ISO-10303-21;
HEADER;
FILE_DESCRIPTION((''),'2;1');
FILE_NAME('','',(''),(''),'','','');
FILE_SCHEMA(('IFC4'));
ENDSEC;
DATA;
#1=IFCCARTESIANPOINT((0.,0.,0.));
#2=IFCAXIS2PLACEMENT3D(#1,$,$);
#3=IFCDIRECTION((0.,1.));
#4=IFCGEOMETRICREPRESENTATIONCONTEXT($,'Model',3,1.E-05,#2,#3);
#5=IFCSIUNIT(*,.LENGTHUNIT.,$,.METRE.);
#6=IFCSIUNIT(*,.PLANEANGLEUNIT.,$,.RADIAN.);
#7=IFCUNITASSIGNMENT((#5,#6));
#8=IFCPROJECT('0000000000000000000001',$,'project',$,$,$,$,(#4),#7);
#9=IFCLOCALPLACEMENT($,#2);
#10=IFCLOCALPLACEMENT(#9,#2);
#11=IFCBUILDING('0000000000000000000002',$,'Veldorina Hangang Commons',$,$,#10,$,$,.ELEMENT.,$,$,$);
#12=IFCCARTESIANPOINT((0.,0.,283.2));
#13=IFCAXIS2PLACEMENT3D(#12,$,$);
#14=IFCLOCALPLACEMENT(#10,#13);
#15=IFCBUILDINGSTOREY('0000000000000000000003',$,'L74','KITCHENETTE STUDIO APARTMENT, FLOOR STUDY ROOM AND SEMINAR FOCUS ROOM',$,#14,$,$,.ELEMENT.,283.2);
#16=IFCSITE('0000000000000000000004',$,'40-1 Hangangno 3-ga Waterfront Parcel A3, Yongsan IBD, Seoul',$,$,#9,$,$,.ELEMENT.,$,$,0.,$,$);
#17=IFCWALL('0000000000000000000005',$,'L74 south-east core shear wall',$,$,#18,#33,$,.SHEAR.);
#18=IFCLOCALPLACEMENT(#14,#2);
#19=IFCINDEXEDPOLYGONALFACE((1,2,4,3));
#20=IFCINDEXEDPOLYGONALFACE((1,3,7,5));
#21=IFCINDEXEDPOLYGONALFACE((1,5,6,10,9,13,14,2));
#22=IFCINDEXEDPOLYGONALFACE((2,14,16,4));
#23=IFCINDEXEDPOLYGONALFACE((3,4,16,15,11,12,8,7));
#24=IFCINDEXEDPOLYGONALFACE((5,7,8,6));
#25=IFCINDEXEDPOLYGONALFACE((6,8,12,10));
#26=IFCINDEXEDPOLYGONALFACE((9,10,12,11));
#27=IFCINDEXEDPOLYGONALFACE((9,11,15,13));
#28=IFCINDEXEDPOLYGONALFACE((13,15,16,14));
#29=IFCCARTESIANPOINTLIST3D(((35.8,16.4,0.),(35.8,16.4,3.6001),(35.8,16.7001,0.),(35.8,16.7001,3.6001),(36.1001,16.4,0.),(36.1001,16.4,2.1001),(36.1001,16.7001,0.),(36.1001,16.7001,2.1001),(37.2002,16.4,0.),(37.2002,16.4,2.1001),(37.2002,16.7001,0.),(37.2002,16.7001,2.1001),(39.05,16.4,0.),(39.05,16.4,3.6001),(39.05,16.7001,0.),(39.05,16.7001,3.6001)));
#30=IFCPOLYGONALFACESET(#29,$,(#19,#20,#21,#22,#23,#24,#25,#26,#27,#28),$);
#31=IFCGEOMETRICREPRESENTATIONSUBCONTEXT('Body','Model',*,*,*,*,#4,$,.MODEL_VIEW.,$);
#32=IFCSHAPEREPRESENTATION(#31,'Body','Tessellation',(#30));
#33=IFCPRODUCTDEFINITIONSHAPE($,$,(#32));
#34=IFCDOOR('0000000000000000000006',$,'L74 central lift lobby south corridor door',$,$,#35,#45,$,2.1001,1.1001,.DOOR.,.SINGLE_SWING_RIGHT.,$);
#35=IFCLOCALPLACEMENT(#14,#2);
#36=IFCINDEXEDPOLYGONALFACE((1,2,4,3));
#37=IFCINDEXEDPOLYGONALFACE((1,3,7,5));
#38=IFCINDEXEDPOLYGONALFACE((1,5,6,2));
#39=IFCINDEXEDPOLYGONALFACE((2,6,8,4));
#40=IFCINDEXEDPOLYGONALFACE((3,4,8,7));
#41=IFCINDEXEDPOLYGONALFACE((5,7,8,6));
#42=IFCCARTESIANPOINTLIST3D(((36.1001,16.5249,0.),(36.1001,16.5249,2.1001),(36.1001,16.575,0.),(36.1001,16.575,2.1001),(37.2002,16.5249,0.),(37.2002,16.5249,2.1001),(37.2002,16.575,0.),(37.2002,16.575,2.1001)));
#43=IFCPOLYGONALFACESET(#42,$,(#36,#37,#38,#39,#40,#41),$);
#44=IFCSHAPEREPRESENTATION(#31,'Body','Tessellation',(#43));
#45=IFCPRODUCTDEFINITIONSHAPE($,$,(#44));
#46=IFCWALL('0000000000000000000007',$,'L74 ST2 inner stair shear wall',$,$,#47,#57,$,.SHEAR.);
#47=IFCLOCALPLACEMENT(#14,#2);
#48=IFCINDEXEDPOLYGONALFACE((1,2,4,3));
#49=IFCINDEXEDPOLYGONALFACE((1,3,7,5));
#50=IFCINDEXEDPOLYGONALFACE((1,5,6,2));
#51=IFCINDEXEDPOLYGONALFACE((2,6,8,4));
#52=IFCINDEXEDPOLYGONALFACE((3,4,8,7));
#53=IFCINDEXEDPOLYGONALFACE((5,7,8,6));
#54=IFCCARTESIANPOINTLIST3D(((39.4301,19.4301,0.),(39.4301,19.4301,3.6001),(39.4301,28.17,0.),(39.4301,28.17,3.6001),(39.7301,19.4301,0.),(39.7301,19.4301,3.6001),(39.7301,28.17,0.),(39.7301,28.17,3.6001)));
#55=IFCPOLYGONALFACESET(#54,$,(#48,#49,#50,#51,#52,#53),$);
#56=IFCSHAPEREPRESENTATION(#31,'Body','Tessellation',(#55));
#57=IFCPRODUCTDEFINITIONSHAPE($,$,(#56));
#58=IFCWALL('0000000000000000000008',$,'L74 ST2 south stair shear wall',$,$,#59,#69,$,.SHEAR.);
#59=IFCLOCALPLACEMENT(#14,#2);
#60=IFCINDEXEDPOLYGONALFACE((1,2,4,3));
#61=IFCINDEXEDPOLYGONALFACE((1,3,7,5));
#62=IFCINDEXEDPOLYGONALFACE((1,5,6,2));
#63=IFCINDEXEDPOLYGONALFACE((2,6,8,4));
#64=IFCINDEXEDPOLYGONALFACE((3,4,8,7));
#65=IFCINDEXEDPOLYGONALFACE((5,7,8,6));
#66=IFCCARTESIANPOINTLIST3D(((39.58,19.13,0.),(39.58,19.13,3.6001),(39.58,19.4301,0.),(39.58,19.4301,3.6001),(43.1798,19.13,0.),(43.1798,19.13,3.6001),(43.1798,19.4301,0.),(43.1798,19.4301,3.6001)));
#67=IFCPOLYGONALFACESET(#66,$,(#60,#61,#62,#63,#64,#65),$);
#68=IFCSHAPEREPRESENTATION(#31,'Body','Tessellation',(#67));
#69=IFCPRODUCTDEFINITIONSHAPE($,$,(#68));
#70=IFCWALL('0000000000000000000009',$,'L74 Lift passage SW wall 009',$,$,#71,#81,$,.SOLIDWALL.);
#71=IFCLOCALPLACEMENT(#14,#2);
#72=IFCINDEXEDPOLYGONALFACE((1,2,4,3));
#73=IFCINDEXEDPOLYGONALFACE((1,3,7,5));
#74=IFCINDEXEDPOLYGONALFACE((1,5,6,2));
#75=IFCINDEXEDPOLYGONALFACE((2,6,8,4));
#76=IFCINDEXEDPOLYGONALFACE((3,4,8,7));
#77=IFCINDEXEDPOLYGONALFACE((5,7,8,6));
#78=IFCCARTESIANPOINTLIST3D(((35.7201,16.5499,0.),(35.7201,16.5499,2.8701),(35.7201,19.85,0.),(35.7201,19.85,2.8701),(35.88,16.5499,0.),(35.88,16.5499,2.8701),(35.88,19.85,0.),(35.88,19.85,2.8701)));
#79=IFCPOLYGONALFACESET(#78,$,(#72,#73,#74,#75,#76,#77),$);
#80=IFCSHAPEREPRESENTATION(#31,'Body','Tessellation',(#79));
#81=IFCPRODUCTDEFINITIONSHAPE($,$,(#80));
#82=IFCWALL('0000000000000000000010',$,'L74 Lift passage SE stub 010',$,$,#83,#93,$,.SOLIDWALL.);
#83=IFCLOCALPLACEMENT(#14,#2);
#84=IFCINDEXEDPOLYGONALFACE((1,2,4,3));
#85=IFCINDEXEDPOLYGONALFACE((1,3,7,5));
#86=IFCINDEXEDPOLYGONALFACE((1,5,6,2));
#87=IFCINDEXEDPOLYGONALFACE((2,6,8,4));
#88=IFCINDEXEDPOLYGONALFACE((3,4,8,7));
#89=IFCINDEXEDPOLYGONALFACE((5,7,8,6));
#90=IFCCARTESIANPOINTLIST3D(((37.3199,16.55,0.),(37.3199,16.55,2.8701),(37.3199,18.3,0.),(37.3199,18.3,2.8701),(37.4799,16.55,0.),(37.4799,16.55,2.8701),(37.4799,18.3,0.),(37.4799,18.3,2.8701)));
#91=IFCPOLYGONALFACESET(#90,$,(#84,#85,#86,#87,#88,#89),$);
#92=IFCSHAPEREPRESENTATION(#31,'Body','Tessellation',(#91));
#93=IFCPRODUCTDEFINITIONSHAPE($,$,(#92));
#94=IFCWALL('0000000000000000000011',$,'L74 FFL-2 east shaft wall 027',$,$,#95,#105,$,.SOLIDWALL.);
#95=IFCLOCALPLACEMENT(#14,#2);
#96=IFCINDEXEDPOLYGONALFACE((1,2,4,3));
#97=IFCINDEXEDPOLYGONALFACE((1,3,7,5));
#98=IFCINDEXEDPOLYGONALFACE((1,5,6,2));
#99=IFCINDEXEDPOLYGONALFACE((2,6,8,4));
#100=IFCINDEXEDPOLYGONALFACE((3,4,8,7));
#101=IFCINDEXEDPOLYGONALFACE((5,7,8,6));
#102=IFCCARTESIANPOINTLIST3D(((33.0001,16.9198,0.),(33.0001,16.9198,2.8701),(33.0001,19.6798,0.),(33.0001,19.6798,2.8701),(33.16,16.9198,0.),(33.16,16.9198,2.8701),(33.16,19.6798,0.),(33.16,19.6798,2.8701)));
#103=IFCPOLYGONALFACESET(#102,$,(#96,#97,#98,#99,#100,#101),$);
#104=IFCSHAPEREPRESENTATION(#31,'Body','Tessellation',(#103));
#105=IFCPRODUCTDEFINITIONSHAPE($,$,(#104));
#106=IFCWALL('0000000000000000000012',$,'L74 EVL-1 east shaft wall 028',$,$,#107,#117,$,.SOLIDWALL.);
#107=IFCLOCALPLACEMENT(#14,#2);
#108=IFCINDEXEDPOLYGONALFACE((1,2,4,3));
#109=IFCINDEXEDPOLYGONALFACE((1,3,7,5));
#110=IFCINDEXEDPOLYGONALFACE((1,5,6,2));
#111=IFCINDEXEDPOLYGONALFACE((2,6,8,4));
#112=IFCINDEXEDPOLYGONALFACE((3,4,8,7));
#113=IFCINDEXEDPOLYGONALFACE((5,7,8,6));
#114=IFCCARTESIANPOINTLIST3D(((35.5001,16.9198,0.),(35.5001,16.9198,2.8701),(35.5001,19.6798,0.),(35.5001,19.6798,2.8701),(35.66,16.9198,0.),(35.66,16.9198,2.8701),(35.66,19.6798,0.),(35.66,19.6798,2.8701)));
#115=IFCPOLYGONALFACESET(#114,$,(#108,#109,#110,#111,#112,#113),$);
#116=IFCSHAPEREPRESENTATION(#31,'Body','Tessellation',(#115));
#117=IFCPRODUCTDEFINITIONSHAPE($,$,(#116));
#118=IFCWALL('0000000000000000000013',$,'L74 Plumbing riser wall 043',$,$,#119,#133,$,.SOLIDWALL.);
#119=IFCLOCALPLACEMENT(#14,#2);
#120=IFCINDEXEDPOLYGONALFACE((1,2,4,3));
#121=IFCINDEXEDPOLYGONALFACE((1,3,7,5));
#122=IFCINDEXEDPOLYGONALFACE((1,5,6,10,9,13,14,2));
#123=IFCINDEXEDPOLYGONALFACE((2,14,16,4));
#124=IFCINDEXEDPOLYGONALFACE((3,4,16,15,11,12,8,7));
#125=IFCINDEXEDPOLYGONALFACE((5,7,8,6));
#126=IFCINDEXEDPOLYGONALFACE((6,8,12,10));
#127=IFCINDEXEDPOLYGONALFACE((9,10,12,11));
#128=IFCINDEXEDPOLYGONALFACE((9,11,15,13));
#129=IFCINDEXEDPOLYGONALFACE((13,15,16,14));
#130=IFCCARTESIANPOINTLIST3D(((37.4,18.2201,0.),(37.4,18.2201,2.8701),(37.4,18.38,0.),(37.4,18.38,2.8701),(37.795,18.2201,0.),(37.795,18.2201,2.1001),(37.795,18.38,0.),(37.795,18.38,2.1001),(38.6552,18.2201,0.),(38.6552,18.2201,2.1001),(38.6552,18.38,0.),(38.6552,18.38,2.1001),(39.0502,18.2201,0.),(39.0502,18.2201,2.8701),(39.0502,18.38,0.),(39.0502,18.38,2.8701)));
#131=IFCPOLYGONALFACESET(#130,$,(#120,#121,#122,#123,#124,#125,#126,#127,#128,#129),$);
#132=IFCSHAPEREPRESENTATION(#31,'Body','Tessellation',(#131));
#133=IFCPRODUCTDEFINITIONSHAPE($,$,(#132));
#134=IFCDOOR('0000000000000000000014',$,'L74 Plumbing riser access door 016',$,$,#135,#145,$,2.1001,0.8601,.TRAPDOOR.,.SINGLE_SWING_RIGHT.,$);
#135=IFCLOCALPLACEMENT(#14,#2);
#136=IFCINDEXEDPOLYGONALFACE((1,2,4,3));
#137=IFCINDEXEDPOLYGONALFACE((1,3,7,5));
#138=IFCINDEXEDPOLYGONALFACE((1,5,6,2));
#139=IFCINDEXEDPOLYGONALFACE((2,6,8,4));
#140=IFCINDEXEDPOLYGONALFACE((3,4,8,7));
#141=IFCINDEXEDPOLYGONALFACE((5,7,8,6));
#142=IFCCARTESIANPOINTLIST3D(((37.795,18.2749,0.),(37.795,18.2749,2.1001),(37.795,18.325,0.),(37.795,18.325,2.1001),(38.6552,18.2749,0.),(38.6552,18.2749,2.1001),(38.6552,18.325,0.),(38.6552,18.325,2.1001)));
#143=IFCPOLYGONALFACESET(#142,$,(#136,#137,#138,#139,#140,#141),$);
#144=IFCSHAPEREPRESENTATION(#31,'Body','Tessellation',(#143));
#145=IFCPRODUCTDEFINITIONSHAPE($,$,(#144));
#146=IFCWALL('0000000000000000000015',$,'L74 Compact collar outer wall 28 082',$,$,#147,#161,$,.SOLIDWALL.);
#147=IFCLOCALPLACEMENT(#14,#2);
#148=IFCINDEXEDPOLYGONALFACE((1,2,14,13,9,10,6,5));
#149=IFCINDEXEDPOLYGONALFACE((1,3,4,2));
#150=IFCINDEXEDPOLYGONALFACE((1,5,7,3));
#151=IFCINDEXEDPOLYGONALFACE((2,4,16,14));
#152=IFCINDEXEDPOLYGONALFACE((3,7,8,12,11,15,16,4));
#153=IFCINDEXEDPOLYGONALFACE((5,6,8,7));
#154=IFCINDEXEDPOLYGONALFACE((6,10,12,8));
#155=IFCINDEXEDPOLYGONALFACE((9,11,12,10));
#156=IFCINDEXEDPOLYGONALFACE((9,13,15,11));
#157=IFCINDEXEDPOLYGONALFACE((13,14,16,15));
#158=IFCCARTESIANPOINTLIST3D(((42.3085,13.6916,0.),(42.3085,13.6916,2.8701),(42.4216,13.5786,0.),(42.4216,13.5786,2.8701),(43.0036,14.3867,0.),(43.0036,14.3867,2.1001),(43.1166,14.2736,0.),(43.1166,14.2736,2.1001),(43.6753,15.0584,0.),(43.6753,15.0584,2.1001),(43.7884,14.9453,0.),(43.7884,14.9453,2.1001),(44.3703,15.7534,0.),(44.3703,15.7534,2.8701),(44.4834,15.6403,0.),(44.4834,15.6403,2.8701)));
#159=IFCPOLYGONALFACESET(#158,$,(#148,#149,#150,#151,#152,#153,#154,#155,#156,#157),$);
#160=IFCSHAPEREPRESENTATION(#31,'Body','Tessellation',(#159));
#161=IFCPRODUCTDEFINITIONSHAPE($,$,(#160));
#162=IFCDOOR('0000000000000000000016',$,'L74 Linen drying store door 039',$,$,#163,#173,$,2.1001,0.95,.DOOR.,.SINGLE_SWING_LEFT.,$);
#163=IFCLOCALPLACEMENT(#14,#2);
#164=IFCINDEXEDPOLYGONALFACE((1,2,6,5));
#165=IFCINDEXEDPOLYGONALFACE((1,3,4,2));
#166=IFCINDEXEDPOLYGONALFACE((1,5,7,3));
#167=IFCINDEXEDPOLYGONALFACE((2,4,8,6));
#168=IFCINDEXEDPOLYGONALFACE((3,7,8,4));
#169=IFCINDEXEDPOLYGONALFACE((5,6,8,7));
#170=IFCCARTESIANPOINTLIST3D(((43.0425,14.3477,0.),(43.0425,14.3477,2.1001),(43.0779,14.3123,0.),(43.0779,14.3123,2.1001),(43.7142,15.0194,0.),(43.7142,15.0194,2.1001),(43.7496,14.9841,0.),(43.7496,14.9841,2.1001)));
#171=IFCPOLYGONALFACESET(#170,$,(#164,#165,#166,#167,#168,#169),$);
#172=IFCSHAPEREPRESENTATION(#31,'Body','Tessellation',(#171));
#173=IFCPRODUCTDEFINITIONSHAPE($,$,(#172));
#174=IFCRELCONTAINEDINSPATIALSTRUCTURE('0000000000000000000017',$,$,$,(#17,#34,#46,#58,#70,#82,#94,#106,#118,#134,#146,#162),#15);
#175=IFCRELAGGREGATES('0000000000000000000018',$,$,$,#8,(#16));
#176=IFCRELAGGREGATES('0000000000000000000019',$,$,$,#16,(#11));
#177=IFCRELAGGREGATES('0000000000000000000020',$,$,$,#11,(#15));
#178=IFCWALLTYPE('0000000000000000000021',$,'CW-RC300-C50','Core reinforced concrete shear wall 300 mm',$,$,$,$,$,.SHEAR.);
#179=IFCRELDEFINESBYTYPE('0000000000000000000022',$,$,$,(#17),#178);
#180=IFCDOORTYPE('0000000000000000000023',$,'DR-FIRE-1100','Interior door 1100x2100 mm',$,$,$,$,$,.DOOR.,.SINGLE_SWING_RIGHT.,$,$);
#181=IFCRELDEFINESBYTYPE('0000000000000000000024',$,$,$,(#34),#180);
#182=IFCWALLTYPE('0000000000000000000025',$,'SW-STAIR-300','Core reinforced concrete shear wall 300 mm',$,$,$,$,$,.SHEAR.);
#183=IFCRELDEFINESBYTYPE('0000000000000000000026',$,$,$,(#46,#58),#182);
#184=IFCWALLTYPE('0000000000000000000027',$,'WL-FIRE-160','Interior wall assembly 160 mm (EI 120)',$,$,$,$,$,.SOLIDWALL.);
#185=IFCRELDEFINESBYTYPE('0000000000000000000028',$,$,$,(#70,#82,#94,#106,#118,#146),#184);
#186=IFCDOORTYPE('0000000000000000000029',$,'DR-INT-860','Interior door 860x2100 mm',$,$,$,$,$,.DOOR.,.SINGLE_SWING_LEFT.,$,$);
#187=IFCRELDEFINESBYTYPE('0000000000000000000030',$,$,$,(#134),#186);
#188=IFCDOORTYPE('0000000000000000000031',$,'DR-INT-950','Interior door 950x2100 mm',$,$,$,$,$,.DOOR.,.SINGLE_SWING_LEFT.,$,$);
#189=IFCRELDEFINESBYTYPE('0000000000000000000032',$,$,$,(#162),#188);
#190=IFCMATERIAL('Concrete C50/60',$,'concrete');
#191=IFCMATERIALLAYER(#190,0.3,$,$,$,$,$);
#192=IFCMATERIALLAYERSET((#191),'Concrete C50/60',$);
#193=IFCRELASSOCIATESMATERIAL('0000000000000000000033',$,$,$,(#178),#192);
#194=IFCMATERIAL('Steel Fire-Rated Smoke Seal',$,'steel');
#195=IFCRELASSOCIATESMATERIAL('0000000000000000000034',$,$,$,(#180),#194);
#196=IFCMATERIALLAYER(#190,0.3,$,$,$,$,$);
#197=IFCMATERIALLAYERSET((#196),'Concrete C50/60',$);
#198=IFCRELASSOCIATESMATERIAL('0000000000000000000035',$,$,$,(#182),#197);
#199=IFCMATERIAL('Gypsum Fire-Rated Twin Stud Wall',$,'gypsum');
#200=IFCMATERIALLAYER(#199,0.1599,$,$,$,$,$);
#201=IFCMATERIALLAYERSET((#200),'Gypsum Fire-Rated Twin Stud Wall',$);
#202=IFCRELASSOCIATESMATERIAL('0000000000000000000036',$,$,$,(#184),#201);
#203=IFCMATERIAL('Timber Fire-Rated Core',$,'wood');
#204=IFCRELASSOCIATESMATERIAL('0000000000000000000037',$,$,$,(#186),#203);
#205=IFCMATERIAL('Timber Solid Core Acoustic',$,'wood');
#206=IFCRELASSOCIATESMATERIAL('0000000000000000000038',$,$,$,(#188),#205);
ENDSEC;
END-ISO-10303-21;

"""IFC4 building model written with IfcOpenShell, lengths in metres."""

from ifc_helpers import new_model, si_unit, direction, frame, frame_2d, origin, place, context, subcontext, project, spatial, rectangle, extrude, material, layer, layer_set, type_object, element, fill, save


model = new_model("IFC4")

# Units and contexts
model_context = context("Model", 3, precision=1e-05, world=origin(), true_north=direction((0.0, 1.0)))
body_context = subcontext(model_context, "Body", "Model", "MODEL_VIEW")
ifc_project = project(units=[si_unit("LENGTHUNIT", "METRE"), si_unit("PLANEANGLEUNIT", "RADIAN")], contexts=[model_context])

# Site, building, storey
site_placement = place(None, origin())
site = spatial("IfcSite", under=ifc_project, at=site_placement, Name="40-1 Hangangno 3-ga Waterfront Parcel A3, Yongsan IBD, Seoul", CompositionType="ELEMENT", RefElevation=0.0)
building_placement = place(site_placement, origin())
building = spatial("IfcBuilding", under=site, at=building_placement, Name="Veldorina Hangang Commons", CompositionType="ELEMENT")
storey_placement = place(building_placement, frame((0.0, 0.0, 283.2)))
storey = spatial("IfcBuildingStorey", under=building, at=storey_placement, Name="L74", Description="KITCHENETTE STUDIO APARTMENT, FLOOR STUDY ROOM AND SEMINAR FOCUS ROOM", CompositionType="ELEMENT", Elevation=283.2)

# Shared definitions
ifc_material_1 = material(Name="Concrete C50/60", Category="concrete")

# Shared definitions
ifc_layer_1 = layer(ifc_material_1, 0.3)
ifc_layer_set_1 = layer_set([ifc_layer_1], Name="Concrete C50/60")
wall_type_1 = type_object("IfcWallType", Name="CW-RC300-C50", Description="Core reinforced concrete shear wall 300 mm", PredefinedType="SHEAR", material=ifc_layer_set_1)

# Wall, opening, door
wall_1_placement = place(storey_placement, frame((35.8, 16.55, 0.0), z_axis=(0.0, 0.0, 1.0), x_axis=(1.0, 0.0, 0.0)))
wall_1 = element("IfcWall", 1, at=wall_1_placement, inside=storey, type_object=wall_type_1, Name="L74 south-east core shear wall", PredefinedType="SHEAR", context=body_context, shape_type="SweptSolid", body=[
    extrude(rectangle(XDim=3.25, YDim=0.3, at=frame_2d((1.625, 0.0))), origin(), (0.0, 0.0, 1.0), 3.6001),
])
opening_1_placement = place(wall_1_placement, frame((0.3, 0.0, 0.0)))
opening_1 = element("IfcOpeningElement", 2, at=opening_1_placement, cuts=wall_1, PredefinedType="OPENING", context=body_context, shape_type="SweptSolid", body=[
    extrude(rectangle(XDim=1.1001, YDim=2.1001, at=frame_2d((0.55, 1.05))), frame((0.0, 0.1602, 0.0), z_axis=(0.0, -1.0, 0.0), x_axis=(1.0, 0.0, 0.0)), (0.0, 0.0, 1.0), 0.3201),
])
ifc_material_2 = material(Name="Steel Fire-Rated Smoke Seal", Category="steel")
door_type_1 = type_object("IfcDoorType", Name="DR-FIRE-1100", Description="Interior door 1100x2100 mm", OperationType="SINGLE_SWING_RIGHT", PredefinedType="DOOR", material=ifc_material_2)
door_1_placement = place(opening_1_placement, origin())
door_1 = element("IfcDoor", 3, at=door_1_placement, inside=storey, type_object=door_type_1, Name="L74 central lift lobby south corridor door", OperationType="SINGLE_SWING_RIGHT", OverallHeight=2.1001, OverallWidth=1.1001, PredefinedType="DOOR", context=body_context, shape_type="SweptSolid", body=[
    extrude(rectangle(XDim=1.1001, YDim=2.1001, at=frame_2d((0.55, 1.05))), frame((0.0, 0.0249, 0.0), z_axis=(0.0, -1.0, 0.0), x_axis=(1.0, 0.0, 0.0)), (0.0, 0.0, 1.0), 0.05),
])
fill(opening_1, door_1)

# Walls
ifc_layer_2 = layer(ifc_material_1, 0.3)
ifc_layer_set_2 = layer_set([ifc_layer_2], Name="Concrete C50/60")
wall_type_2 = type_object("IfcWallType", Name="SW-STAIR-300", Description="Core reinforced concrete shear wall 300 mm", PredefinedType="SHEAR", material=ifc_layer_set_2)
wall_2_placement = place(storey_placement, frame((39.5801, 19.4299, 0.0), z_axis=(0.0, 0.0, 1.0), x_axis=(0.0, 1.0, 0.0)))
element("IfcWall", 4, at=wall_2_placement, inside=storey, type_object=wall_type_2, Name="L74 ST2 inner stair shear wall", PredefinedType="SHEAR", context=body_context, shape_type="SweptSolid", body=[
    extrude(rectangle(XDim=8.74, YDim=0.3, at=frame_2d((4.3701, 0.0))), origin(), (0.0, 0.0, 1.0), 3.6001),
])
wall_3_placement = place(storey_placement, frame((39.5801, 19.28, 0.0), z_axis=(0.0, 0.0, 1.0), x_axis=(1.0, 0.0, 0.0)))
element("IfcWall", 5, at=wall_3_placement, inside=storey, type_object=wall_type_2, Name="L74 ST2 south stair shear wall", PredefinedType="SHEAR", context=body_context, shape_type="SweptSolid", body=[
    extrude(rectangle(XDim=3.5999, YDim=0.3, at=frame_2d((1.7998, 0.0))), origin(), (0.0, 0.0, 1.0), 3.6001),
])
ifc_material_3 = material(Name="Gypsum Fire-Rated Twin Stud Wall", Category="gypsum")
ifc_layer_3 = layer(ifc_material_3, 0.1599)
ifc_layer_set_3 = layer_set([ifc_layer_3], Name="Gypsum Fire-Rated Twin Stud Wall")
wall_type_3 = type_object("IfcWallType", Name="WL-FIRE-160", Description="Interior wall assembly 160 mm (EI 120)", PredefinedType="SOLIDWALL", material=ifc_layer_set_3)
wall_4_placement = place(storey_placement, frame((35.8, 16.55, 0.0), z_axis=(0.0, 0.0, 1.0), x_axis=(0.0, 1.0, 0.0)))
element("IfcWall", 6, at=wall_4_placement, inside=storey, type_object=wall_type_3, Name="L74 Lift passage SW wall 009", PredefinedType="SOLIDWALL", context=body_context, shape_type="SweptSolid", body=[
    extrude(rectangle(XDim=3.3, YDim=0.1599, at=frame_2d((1.6499, 0.0))), origin(), (0.0, 0.0, 1.0), 2.8701),
])
wall_5_placement = place(storey_placement, frame((37.3999, 16.55, 0.0), z_axis=(0.0, 0.0, 1.0), x_axis=(0.0, 1.0, 0.0)))
element("IfcWall", 7, at=wall_5_placement, inside=storey, type_object=wall_type_3, Name="L74 Lift passage SE stub 010", PredefinedType="SOLIDWALL", context=body_context, shape_type="SweptSolid", body=[
    extrude(rectangle(XDim=1.75, YDim=0.1599, at=frame_2d((0.875, 0.0))), origin(), (0.0, 0.0, 1.0), 2.8701),
])
for number, where, z_axis, x_axis, name in (
    (8, (33.0801, 16.9199, 0.0), (0.0, 0.0, 1.0), (0.0, 1.0, 0.0), "L74 FFL-2 east shaft wall 027"),
    (9, (35.5801, 16.9199, 0.0), (0.0, 0.0, 1.0), (0.0, 1.0, 0.0), "L74 EVL-1 east shaft wall 028"),
):
    element("IfcWall", number, at=place(storey_placement, frame(where, z_axis=z_axis, x_axis=x_axis)), inside=storey, type_object=wall_type_3, Name=name, PredefinedType="SOLIDWALL", context=body_context, shape_type="SweptSolid", body=[
        extrude(rectangle(XDim=2.76, YDim=0.1599, at=frame_2d((1.3799, 0.0))), origin(), (0.0, 0.0, 1.0), 2.8701),
    ])

# Walls, openings, doors
wall_6_placement = place(storey_placement, frame((37.3999, 18.3, 0.0), z_axis=(0.0, 0.0, 1.0), x_axis=(1.0, 0.0, 0.0)))
wall_6 = element("IfcWall", 10, at=wall_6_placement, inside=storey, type_object=wall_type_3, Name="L74 Plumbing riser wall 043", PredefinedType="SOLIDWALL", context=body_context, shape_type="SweptSolid", body=[
    extrude(rectangle(XDim=1.6501, YDim=0.1599, at=frame_2d((0.8252, 0.0))), origin(), (0.0, 0.0, 1.0), 2.8701),
])
opening_2_placement = place(wall_6_placement, frame((0.395, 0.0, 0.0)))
opening_2 = element("IfcOpeningElement", 11, at=opening_2_placement, cuts=wall_6, PredefinedType="OPENING", context=body_context, shape_type="SweptSolid", body=[
    extrude(rectangle(XDim=0.8601, YDim=2.1001, at=frame_2d((0.4302, 1.05))), frame((0.0, 0.0898, 0.0), z_axis=(0.0, -1.0, 0.0), x_axis=(1.0, 0.0, 0.0)), (0.0, 0.0, 1.0), 0.1799),
])
ifc_material_4 = material(Name="Timber Fire-Rated Core", Category="wood")
door_type_2 = type_object("IfcDoorType", Name="DR-INT-860", Description="Interior door 860x2100 mm", OperationType="SINGLE_SWING_LEFT", PredefinedType="DOOR", material=ifc_material_4)
door_2_placement = place(opening_2_placement, origin())
door_2 = element("IfcDoor", 12, at=door_2_placement, inside=storey, type_object=door_type_2, Name="L74 Plumbing riser access door 016", OperationType="SINGLE_SWING_RIGHT", OverallHeight=2.1001, OverallWidth=0.8601, PredefinedType="TRAPDOOR", context=body_context, shape_type="SweptSolid", body=[
    extrude(rectangle(XDim=0.8601, YDim=2.1001, at=frame_2d((0.4302, 1.05))), frame((0.0, 0.0249, 0.0), z_axis=(0.0, -1.0, 0.0), x_axis=(1.0, 0.0, 0.0)), (0.0, 0.0, 1.0), 0.05),
])
fill(opening_2, door_2)
wall_7_placement = place(storey_placement, frame((42.365, 13.635, 0.0), z_axis=(0.0, 0.0, 1.0), x_axis=(0.707107, 0.707107, 0.0)))
wall_7 = element("IfcWall", 13, at=wall_7_placement, inside=storey, type_object=wall_type_3, Name="L74 Compact collar outer wall 28 082", PredefinedType="SOLIDWALL", context=body_context, shape_type="SweptSolid", body=[
    extrude(rectangle(XDim=2.9158, YDim=0.1599, at=frame_2d((1.458, 0.0))), origin(), (0.0, 0.0, 1.0), 2.8701),
])
opening_3_placement = place(wall_7_placement, frame((0.9829, 0.0, 0.0)))
opening_3 = element("IfcOpeningElement", 14, at=opening_3_placement, cuts=wall_7, PredefinedType="OPENING", context=body_context, shape_type="SweptSolid", body=[
    extrude(rectangle(XDim=0.95, YDim=2.1001, at=frame_2d((0.4751, 1.05))), frame((0.0, 0.0898, 0.0), z_axis=(0.0, -1.0, 0.0), x_axis=(1.0, 0.0, 0.0)), (0.0, 0.0, 1.0), 0.1799),
])
ifc_material_5 = material(Name="Timber Solid Core Acoustic", Category="wood")
door_type_3 = type_object("IfcDoorType", Name="DR-INT-950", Description="Interior door 950x2100 mm", OperationType="SINGLE_SWING_LEFT", PredefinedType="DOOR", material=ifc_material_5)
door_3_placement = place(opening_3_placement, origin())
door_3 = element("IfcDoor", 15, at=door_3_placement, inside=storey, type_object=door_type_3, Name="L74 Linen drying store door 039", OperationType="SINGLE_SWING_LEFT", OverallHeight=2.1001, OverallWidth=0.95, PredefinedType="DOOR", context=body_context, shape_type="SweptSolid", body=[
    extrude(rectangle(XDim=0.95, YDim=2.1001, at=frame_2d((0.4751, 1.05))), frame((0.0, 0.0249, 0.0), z_axis=(0.0, -1.0, 0.0), x_axis=(1.0, 0.0, 0.0)), (0.0, 0.0, 1.0), 0.05),
])
fill(opening_3, door_3)

save(model, "model.ifc")
